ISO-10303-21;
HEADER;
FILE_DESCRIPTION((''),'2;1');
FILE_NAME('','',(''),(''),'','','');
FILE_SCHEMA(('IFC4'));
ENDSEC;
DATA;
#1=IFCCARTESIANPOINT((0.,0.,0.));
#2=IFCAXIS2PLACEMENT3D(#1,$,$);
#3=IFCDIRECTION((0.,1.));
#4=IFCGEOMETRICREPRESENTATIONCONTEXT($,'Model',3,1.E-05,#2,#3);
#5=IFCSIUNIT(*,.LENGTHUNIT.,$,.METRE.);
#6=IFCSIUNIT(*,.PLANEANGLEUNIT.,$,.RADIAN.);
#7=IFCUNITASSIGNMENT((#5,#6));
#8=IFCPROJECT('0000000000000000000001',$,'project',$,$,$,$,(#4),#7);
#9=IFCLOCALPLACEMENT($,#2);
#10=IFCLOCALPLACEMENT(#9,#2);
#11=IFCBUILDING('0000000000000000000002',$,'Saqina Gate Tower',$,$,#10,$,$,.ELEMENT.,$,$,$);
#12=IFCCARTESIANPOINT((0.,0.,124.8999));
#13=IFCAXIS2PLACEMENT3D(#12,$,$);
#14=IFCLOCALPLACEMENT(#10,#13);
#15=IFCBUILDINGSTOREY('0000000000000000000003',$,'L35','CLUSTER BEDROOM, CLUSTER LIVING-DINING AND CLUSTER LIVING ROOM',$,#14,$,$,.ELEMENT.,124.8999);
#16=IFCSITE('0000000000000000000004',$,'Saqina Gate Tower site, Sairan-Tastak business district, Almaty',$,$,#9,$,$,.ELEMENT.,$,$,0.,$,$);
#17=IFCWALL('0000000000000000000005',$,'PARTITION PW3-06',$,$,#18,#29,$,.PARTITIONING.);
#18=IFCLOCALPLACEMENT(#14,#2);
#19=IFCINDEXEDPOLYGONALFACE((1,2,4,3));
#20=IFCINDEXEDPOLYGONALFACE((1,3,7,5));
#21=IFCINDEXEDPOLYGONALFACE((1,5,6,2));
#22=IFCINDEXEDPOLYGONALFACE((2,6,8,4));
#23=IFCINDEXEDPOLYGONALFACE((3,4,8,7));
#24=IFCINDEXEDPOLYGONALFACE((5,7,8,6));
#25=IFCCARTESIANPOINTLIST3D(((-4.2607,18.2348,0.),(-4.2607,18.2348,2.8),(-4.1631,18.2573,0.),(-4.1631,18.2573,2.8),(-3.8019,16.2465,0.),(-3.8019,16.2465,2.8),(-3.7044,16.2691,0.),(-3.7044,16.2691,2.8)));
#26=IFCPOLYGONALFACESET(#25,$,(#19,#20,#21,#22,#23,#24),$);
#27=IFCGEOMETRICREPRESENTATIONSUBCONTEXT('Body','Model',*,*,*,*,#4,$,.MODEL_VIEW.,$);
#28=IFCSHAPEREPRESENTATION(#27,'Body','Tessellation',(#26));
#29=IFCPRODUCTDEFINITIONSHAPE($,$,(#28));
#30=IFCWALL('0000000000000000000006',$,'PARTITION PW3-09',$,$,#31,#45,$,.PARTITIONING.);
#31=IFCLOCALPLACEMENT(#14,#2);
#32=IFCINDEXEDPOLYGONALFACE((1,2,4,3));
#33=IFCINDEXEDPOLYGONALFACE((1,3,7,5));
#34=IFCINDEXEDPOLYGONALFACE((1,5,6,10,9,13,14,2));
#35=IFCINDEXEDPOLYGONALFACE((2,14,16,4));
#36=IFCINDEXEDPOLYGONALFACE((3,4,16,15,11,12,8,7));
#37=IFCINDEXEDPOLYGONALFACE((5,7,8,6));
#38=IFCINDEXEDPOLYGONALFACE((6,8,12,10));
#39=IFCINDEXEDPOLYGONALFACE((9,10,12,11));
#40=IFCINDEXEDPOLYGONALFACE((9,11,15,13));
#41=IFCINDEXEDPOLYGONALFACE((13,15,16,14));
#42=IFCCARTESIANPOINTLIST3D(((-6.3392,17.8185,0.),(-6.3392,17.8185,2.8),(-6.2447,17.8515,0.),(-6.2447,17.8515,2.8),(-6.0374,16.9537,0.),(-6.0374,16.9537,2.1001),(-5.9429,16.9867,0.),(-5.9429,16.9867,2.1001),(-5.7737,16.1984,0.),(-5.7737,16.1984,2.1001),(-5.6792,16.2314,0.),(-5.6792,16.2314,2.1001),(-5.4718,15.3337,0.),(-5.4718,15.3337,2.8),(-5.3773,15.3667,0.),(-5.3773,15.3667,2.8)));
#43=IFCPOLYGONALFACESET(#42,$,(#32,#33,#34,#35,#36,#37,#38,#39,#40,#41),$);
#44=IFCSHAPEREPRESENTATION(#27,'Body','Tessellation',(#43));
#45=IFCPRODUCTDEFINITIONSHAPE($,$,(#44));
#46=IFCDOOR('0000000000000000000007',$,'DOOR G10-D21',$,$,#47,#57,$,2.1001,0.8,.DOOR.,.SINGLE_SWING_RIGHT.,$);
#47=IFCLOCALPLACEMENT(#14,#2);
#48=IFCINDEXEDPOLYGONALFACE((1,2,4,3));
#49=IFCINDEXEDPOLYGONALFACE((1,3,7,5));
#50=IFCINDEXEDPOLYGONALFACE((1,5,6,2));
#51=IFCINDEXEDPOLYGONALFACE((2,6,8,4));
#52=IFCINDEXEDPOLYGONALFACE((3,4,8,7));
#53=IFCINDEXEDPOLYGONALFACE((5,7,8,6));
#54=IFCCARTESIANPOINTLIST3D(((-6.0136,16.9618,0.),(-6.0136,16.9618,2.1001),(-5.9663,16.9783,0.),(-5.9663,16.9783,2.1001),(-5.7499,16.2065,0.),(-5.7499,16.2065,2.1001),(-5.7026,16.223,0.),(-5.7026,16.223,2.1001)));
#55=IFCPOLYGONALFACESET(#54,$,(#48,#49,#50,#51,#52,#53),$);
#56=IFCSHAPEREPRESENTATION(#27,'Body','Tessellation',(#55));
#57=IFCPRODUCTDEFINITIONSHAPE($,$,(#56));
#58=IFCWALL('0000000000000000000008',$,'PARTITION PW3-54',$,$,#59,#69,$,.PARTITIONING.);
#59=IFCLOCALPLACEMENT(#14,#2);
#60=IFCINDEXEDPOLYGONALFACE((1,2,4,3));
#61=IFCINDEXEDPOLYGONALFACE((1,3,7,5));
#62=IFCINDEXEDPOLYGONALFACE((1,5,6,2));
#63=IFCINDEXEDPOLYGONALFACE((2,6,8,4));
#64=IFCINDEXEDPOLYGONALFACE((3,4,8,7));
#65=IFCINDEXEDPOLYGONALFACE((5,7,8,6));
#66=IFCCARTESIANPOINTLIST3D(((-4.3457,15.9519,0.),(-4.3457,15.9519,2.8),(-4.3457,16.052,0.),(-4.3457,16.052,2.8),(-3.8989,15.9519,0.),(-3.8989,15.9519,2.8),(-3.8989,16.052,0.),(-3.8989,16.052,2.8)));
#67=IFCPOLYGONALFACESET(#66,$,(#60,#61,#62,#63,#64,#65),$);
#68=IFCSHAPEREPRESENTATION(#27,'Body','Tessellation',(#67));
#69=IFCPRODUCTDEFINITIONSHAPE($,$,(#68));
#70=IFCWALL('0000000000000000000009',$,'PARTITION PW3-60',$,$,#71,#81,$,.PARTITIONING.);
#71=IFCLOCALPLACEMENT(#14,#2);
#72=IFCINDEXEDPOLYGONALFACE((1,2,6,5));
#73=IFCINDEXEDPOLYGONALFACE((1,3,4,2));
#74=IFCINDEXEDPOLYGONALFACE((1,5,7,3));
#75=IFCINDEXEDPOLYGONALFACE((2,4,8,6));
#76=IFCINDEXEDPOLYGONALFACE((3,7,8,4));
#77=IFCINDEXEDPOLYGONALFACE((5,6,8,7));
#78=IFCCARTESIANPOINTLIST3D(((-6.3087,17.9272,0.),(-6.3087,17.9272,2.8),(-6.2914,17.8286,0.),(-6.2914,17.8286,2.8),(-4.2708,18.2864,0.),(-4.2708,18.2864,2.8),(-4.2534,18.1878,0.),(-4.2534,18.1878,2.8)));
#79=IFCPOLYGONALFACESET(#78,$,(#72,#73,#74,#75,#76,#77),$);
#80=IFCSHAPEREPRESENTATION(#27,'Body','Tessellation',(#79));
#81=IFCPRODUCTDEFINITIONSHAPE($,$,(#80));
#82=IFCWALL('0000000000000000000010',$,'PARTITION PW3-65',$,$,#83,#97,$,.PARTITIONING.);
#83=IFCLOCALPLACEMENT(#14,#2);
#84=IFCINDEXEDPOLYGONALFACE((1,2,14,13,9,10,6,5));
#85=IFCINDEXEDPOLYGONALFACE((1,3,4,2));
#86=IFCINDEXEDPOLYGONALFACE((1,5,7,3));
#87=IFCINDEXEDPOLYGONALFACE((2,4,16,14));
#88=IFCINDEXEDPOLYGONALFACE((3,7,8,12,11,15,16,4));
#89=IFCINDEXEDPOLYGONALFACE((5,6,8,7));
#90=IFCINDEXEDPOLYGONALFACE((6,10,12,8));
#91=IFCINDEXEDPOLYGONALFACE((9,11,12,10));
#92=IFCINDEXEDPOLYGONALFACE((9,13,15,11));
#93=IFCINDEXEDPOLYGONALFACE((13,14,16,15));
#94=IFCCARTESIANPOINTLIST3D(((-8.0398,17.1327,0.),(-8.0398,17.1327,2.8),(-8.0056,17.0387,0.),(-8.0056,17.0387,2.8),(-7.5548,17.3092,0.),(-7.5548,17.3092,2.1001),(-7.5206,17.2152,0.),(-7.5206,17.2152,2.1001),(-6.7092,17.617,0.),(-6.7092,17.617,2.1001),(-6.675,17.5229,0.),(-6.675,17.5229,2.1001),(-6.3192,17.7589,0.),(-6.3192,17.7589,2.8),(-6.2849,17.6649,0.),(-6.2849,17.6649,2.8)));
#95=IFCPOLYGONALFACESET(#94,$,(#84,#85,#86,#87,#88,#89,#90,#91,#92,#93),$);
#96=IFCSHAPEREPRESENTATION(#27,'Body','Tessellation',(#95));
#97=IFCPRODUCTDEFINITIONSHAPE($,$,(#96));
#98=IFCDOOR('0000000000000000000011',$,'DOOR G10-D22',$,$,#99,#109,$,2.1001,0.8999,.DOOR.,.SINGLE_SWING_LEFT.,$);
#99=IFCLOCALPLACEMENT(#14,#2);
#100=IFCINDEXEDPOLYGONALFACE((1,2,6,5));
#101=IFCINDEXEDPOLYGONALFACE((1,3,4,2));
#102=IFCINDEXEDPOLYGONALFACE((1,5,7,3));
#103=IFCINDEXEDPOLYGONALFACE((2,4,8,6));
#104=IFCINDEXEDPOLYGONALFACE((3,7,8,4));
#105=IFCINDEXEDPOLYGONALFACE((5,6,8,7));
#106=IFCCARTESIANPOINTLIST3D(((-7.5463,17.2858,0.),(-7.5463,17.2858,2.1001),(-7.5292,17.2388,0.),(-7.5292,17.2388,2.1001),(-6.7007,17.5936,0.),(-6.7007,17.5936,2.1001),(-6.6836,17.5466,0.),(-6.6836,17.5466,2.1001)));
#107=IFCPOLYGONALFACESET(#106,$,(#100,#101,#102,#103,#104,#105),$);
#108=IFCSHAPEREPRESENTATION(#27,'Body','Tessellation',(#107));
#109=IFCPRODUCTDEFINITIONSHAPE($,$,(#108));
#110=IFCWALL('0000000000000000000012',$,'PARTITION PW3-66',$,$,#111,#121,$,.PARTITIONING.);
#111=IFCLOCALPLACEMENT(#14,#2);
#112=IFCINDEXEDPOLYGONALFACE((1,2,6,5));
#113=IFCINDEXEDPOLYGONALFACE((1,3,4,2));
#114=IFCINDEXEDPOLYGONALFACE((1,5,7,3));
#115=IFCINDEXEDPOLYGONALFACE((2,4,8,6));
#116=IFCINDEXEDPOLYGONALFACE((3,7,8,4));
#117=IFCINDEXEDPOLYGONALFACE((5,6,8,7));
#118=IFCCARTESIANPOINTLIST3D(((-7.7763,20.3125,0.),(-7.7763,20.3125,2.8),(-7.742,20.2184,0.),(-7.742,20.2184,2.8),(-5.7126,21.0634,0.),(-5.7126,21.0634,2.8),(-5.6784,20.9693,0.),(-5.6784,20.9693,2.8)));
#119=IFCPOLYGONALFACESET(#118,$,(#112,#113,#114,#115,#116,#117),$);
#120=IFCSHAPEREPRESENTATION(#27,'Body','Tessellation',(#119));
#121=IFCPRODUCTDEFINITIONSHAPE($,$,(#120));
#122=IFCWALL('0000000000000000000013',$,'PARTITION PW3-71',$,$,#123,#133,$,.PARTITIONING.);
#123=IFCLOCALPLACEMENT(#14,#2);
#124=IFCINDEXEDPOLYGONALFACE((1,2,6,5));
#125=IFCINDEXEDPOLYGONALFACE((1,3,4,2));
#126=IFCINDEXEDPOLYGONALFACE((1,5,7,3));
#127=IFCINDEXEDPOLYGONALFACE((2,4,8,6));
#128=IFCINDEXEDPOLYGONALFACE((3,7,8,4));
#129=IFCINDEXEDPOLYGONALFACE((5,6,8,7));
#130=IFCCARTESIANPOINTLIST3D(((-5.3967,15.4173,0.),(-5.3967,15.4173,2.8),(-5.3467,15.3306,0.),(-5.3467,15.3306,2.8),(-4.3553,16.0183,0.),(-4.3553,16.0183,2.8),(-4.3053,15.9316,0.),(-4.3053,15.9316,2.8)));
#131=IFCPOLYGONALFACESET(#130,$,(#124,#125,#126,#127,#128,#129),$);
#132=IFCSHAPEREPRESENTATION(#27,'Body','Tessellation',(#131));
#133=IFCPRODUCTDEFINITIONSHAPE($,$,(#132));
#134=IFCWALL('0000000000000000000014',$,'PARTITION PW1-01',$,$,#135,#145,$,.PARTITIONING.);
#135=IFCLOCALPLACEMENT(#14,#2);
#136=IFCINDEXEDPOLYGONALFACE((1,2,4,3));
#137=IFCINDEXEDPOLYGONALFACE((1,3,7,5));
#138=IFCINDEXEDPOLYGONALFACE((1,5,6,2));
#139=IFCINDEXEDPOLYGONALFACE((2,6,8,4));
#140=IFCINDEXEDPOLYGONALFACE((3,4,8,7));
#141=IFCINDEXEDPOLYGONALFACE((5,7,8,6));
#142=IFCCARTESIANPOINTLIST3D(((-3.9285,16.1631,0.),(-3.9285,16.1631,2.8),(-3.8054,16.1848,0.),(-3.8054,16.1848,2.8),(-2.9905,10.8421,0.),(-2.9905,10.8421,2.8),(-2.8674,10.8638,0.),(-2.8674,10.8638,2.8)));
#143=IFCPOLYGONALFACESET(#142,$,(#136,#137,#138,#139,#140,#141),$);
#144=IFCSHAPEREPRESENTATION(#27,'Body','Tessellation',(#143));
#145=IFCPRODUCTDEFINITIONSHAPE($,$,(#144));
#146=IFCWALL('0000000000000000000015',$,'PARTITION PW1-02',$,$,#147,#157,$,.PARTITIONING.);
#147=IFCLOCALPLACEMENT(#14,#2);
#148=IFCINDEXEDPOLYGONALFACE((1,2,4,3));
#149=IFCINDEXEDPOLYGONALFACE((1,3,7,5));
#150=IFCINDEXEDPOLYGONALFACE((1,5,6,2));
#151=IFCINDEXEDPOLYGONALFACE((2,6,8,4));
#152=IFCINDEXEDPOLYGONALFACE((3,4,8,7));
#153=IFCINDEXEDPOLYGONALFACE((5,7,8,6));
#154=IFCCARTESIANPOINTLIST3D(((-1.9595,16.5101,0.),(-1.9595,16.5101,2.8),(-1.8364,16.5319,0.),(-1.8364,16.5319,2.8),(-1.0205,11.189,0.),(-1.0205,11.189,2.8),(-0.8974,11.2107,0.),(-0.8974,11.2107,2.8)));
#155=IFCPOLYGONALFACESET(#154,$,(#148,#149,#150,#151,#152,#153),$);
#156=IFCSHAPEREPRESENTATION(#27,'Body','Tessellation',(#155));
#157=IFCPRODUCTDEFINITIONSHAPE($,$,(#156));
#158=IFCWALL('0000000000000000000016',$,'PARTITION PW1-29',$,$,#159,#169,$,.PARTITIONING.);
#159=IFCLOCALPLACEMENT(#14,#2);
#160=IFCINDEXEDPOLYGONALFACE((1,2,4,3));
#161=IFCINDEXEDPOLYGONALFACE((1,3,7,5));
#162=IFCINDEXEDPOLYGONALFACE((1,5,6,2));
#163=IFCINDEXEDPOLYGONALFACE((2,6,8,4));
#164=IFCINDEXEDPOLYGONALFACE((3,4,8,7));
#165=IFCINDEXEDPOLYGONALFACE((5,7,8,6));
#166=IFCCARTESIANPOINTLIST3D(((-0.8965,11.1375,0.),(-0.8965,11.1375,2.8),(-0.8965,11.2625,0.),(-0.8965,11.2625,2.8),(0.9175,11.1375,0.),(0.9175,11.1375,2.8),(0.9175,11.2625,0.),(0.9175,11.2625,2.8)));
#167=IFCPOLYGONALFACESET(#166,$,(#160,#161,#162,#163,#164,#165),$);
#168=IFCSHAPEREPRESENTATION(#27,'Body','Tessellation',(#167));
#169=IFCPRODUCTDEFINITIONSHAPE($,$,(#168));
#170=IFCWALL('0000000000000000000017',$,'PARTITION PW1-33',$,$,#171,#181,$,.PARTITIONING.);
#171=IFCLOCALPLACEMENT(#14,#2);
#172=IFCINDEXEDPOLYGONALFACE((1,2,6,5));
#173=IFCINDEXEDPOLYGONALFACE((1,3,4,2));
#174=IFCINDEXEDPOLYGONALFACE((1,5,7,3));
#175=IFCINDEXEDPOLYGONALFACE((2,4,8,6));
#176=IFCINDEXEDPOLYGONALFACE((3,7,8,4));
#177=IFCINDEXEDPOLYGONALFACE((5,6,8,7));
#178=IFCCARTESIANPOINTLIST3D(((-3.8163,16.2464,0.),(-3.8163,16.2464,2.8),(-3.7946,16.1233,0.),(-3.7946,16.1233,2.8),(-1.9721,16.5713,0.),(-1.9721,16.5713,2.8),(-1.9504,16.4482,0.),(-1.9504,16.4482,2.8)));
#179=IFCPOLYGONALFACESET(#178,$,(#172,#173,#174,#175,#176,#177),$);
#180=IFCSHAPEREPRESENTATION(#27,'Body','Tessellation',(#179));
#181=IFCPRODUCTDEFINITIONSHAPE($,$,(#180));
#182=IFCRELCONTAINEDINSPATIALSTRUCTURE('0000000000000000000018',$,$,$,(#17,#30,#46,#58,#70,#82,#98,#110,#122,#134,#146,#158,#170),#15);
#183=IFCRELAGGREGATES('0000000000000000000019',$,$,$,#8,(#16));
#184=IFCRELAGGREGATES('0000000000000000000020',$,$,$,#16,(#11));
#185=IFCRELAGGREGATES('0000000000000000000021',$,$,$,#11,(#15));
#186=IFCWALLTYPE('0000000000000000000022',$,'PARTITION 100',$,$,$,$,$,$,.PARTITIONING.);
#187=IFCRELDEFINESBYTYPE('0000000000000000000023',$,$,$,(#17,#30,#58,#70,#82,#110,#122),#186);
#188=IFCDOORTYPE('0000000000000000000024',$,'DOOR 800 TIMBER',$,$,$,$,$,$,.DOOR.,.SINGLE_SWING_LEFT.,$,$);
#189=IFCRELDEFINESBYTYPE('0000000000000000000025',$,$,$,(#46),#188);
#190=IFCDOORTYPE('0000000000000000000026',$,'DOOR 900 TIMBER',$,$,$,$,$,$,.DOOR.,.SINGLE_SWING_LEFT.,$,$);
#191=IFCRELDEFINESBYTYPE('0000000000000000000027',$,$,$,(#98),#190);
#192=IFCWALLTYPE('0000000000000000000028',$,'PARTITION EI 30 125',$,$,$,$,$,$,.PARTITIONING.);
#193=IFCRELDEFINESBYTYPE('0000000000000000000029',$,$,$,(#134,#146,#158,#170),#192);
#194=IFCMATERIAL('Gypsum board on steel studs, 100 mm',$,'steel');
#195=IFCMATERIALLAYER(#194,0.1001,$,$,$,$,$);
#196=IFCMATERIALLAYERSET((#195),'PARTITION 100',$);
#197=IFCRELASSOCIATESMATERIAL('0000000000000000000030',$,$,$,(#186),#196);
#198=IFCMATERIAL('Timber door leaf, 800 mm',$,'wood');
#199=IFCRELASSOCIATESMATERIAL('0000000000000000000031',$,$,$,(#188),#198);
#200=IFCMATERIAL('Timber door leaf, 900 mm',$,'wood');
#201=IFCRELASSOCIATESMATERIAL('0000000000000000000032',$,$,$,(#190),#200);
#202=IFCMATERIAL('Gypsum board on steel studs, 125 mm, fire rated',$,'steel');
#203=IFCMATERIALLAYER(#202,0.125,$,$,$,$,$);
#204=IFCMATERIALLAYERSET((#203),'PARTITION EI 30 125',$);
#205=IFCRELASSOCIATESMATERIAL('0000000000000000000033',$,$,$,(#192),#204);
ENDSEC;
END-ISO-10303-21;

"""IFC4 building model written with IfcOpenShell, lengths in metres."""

from ifc_helpers import new_model, si_unit, direction, frame, frame_2d, origin, place, context, subcontext, project, spatial, rectangle, extrude, material, layer, layer_set, type_object, element, fill, save


model = new_model("IFC4")

# Units and contexts
model_context = context("Model", 3, precision=1e-05, world=origin(), true_north=direction((0.0, 1.0)))
body_context = subcontext(model_context, "Body", "Model", "MODEL_VIEW")
ifc_project = project(units=[si_unit("LENGTHUNIT", "METRE"), si_unit("PLANEANGLEUNIT", "RADIAN")], contexts=[model_context])

# Site, building, storey
site_placement = place(None, origin())
site = spatial("IfcSite", under=ifc_project, at=site_placement, Name="Saqina Gate Tower site, Sairan-Tastak business district, Almaty", CompositionType="ELEMENT", RefElevation=0.0)
building_placement = place(site_placement, origin())
building = spatial("IfcBuilding", under=site, at=building_placement, Name="Saqina Gate Tower", CompositionType="ELEMENT")
storey_placement = place(building_placement, frame((0.0, 0.0, 124.8999)))
storey = spatial("IfcBuildingStorey", under=building, at=storey_placement, Name="L35", Description="CLUSTER BEDROOM, CLUSTER LIVING-DINING AND CLUSTER LIVING ROOM", CompositionType="ELEMENT", Elevation=124.8999)

# Wall
ifc_material_1 = material(Name="Gypsum board on steel studs, 100 mm", Category="steel")
ifc_layer_1 = layer(ifc_material_1, 0.1001)
ifc_layer_set_1 = layer_set([ifc_layer_1], Name="PARTITION 100")
wall_type_1 = type_object("IfcWallType", Name="PARTITION 100", PredefinedType="PARTITIONING", material=ifc_layer_set_1)
wall_1_placement = place(storey_placement, frame((-4.2119, 18.2461, 0.0), z_axis=(0.0, 0.0, 1.0), x_axis=(0.224816, -0.974401, 0.0)))
element("IfcWall", 1, at=wall_1_placement, inside=storey, type_object=wall_type_1, Name="PARTITION PW3-06", PredefinedType="PARTITIONING", context=body_context, shape_type="SweptSolid", body=[
    extrude(rectangle(XDim=2.0405, YDim=0.1001, at=frame_2d((1.0203, 0.0))), origin(), (0.0, 0.0, 1.0), 2.8),
])

# Wall, opening, door
wall_2_placement = place(storey_placement, frame((-6.292, 17.835, 0.0), z_axis=(0.0, 0.0, 1.0), x_axis=(0.329582, -0.944127, 0.0)))
wall_2 = element("IfcWall", 2, at=wall_2_placement, inside=storey, type_object=wall_type_1, Name="PARTITION PW3-09", PredefinedType="PARTITIONING", context=body_context, shape_type="SweptSolid", body=[
    extrude(rectangle(XDim=2.6318, YDim=0.1001, at=frame_2d((1.3159, 0.0))), origin(), (0.0, 0.0, 1.0), 2.8),
])
opening_1_placement = place(wall_2_placement, frame((0.916, 0.0, 0.0)))
opening_1 = element("IfcOpeningElement", 3, at=opening_1_placement, cuts=wall_2, PredefinedType="OPENING", context=body_context, shape_type="SweptSolid", body=[
    extrude(rectangle(XDim=0.8, YDim=2.1001, at=frame_2d((0.3999, 1.05))), frame((0.0, 0.062, 0.0), z_axis=(0.0, -1.0, 0.0), x_axis=(1.0, 0.0, 0.0)), (0.0, 0.0, 1.0), 0.124),
])
ifc_material_2 = material(Name="Timber door leaf, 800 mm", Category="wood")
door_type_1 = type_object("IfcDoorType", Name="DOOR 800 TIMBER", OperationType="SINGLE_SWING_LEFT", PredefinedType="DOOR", material=ifc_material_2)
door_1_placement = place(opening_1_placement, frame((0.8, 0.0, 0.0), z_axis=(0.0, 0.0, 1.0), x_axis=(-1.0, 0.0, 0.0)))
door_1 = element("IfcDoor", 4, at=door_1_placement, inside=storey, type_object=door_type_1, Name="DOOR G10-D21", OperationType="SINGLE_SWING_RIGHT", OverallHeight=2.1001, OverallWidth=0.8, PredefinedType="DOOR", context=body_context, shape_type="SweptSolid", body=[
    extrude(rectangle(XDim=0.8, YDim=2.1001, at=frame_2d((0.3999, 1.05))), frame((0.0, 0.0249, 0.0), z_axis=(0.0, -1.0, 0.0), x_axis=(1.0, 0.0, 0.0)), (0.0, 0.0, 1.0), 0.05),
])
fill(opening_1, door_1)

# Walls
wall_3_placement = place(storey_placement, frame((-4.3457, 16.002, 0.0), z_axis=(0.0, 0.0, 1.0), x_axis=(1.0, 0.0, 0.0)))
element("IfcWall", 5, at=wall_3_placement, inside=storey, type_object=wall_type_1, Name="PARTITION PW3-54", PredefinedType="PARTITIONING", context=body_context, shape_type="SweptSolid", body=[
    extrude(rectangle(XDim=0.4468, YDim=0.1001, at=frame_2d((0.2234, 0.0))), origin(), (0.0, 0.0, 1.0), 2.8),
])
wall_4_placement = place(storey_placement, frame((-6.3, 17.8779, 0.0), z_axis=(0.0, 0.0, 1.0), x_axis=(0.984824, 0.173556, 0.0)))
element("IfcWall", 6, at=wall_4_placement, inside=storey, type_object=wall_type_1, Name="PARTITION PW3-60", PredefinedType="PARTITIONING", context=body_context, shape_type="SweptSolid", body=[
    extrude(rectangle(XDim=2.0693, YDim=0.1001, at=frame_2d((1.0347, 0.0))), origin(), (0.0, 0.0, 1.0), 2.8),
])

# Wall, opening, door
wall_5_placement = place(storey_placement, frame((-8.0227, 17.0857, 0.0), z_axis=(0.0, 0.0, 1.0), x_axis=(0.939704, 0.341989, 0.0)))
wall_5 = element("IfcWall", 7, at=wall_5_placement, inside=storey, type_object=wall_type_1, Name="PARTITION PW3-65", PredefinedType="PARTITIONING", context=body_context, shape_type="SweptSolid", body=[
    extrude(rectangle(XDim=1.8311, YDim=0.1001, at=frame_2d((0.9155, 0.0))), origin(), (0.0, 0.0, 1.0), 2.8),
])
opening_2_placement = place(wall_5_placement, frame((0.5161, 0.0, 0.0)))
opening_2 = element("IfcOpeningElement", 8, at=opening_2_placement, cuts=wall_5, PredefinedType="OPENING", context=body_context, shape_type="SweptSolid", body=[
    extrude(rectangle(XDim=0.8999, YDim=2.1001, at=frame_2d((0.45, 1.05))), frame((0.0, 0.062, 0.0), z_axis=(0.0, -1.0, 0.0), x_axis=(1.0, 0.0, 0.0)), (0.0, 0.0, 1.0), 0.124),
])
ifc_material_3 = material(Name="Timber door leaf, 900 mm", Category="wood")
door_type_2 = type_object("IfcDoorType", Name="DOOR 900 TIMBER", OperationType="SINGLE_SWING_LEFT", PredefinedType="DOOR", material=ifc_material_3)
door_2_placement = place(opening_2_placement, frame((0.8999, 0.0, 0.0), z_axis=(0.0, 0.0, 1.0), x_axis=(-1.0, 0.0, 0.0)))
door_2 = element("IfcDoor", 9, at=door_2_placement, inside=storey, type_object=door_type_2, Name="DOOR G10-D22", OperationType="SINGLE_SWING_LEFT", OverallHeight=2.1001, OverallWidth=0.8999, PredefinedType="DOOR", context=body_context, shape_type="SweptSolid", body=[
    extrude(rectangle(XDim=0.8999, YDim=2.1001, at=frame_2d((0.45, 1.05))), frame((0.0, 0.0249, 0.0), z_axis=(0.0, -1.0, 0.0), x_axis=(1.0, 0.0, 0.0)), (0.0, 0.0, 1.0), 0.05),
])
fill(opening_2, door_2)

# Walls
wall_6_placement = place(storey_placement, frame((-7.7593, 20.2654, 0.0), z_axis=(0.0, 0.0, 1.0), x_axis=(0.939715, 0.341957, 0.0)))
element("IfcWall", 10, at=wall_6_placement, inside=storey, type_object=wall_type_1, Name="PARTITION PW3-66", PredefinedType="PARTITIONING", context=body_context, shape_type="SweptSolid", body=[
    extrude(rectangle(XDim=2.196, YDim=0.1001, at=frame_2d((1.0981, 0.0))), origin(), (0.0, 0.0, 1.0), 2.8),
])
wall_7_placement = place(storey_placement, frame((-5.3716, 15.374, 0.0), z_axis=(0.0, 0.0, 1.0), x_axis=(0.866111, 0.499851, 0.0)))
element("IfcWall", 11, at=wall_7_placement, inside=storey, type_object=wall_type_1, Name="PARTITION PW3-71", PredefinedType="PARTITIONING", context=body_context, shape_type="SweptSolid", body=[
    extrude(rectangle(XDim=1.2024, YDim=0.1001, at=frame_2d((0.6011, 0.0))), origin(), (0.0, 0.0, 1.0), 2.8),
])
ifc_material_4 = material(Name="Gypsum board on steel studs, 125 mm, fire rated", Category="steel")
ifc_layer_2 = layer(ifc_material_4, 0.125)
ifc_layer_set_2 = layer_set([ifc_layer_2], Name="PARTITION EI 30 125")
wall_type_2 = type_object("IfcWallType", Name="PARTITION EI 30 125", PredefinedType="PARTITIONING", material=ifc_layer_set_2)
wall_8_placement = place(storey_placement, frame((-3.8669, 16.1741, 0.0), z_axis=(0.0, 0.0, 1.0), x_axis=(0.173602, -0.984816, 0.0)))
element("IfcWall", 12, at=wall_8_placement, inside=storey, type_object=wall_type_2, Name="PARTITION PW1-01", PredefinedType="PARTITIONING", context=body_context, shape_type="SweptSolid", body=[
    extrude(rectangle(XDim=5.4031, YDim=0.125, at=frame_2d((2.7017, 0.0))), origin(), (0.0, 0.0, 1.0), 2.8),
])
wall_9_placement = place(storey_placement, frame((-1.8979, 16.521, 0.0), z_axis=(0.0, 0.0, 1.0), x_axis=(0.173778, -0.984785, 0.0)))
element("IfcWall", 13, at=wall_9_placement, inside=storey, type_object=wall_type_2, Name="PARTITION PW1-02", PredefinedType="PARTITIONING", context=body_context, shape_type="SweptSolid", body=[
    extrude(rectangle(XDim=5.4033, YDim=0.125, at=frame_2d((2.7017, 0.0))), origin(), (0.0, 0.0, 1.0), 2.8),
])
wall_10_placement = place(storey_placement, frame((-0.8965, 11.2, 0.0), z_axis=(0.0, 0.0, 1.0), x_axis=(1.0, 0.0, 0.0)))
element("IfcWall", 14, at=wall_10_placement, inside=storey, type_object=wall_type_2, Name="PARTITION PW1-29", PredefinedType="PARTITIONING", context=body_context, shape_type="SweptSolid", body=[
    extrude(rectangle(XDim=1.814, YDim=0.125, at=frame_2d((0.907, 0.0))), origin(), (0.0, 0.0, 1.0), 2.8),
])
wall_11_placement = place(storey_placement, frame((-3.8054, 16.1848, 0.0), z_axis=(0.0, 0.0, 1.0), x_axis=(0.984829, 0.173525, 0.0)))
element("IfcWall", 15, at=wall_11_placement, inside=storey, type_object=wall_type_2, Name="PARTITION PW1-33", PredefinedType="PARTITIONING", context=body_context, shape_type="SweptSolid", body=[
    extrude(rectangle(XDim=1.8726, YDim=0.125, at=frame_2d((0.9363, 0.0))), origin(), (0.0, 0.0, 1.0), 2.8),
])

save(model, "model.ifc")
